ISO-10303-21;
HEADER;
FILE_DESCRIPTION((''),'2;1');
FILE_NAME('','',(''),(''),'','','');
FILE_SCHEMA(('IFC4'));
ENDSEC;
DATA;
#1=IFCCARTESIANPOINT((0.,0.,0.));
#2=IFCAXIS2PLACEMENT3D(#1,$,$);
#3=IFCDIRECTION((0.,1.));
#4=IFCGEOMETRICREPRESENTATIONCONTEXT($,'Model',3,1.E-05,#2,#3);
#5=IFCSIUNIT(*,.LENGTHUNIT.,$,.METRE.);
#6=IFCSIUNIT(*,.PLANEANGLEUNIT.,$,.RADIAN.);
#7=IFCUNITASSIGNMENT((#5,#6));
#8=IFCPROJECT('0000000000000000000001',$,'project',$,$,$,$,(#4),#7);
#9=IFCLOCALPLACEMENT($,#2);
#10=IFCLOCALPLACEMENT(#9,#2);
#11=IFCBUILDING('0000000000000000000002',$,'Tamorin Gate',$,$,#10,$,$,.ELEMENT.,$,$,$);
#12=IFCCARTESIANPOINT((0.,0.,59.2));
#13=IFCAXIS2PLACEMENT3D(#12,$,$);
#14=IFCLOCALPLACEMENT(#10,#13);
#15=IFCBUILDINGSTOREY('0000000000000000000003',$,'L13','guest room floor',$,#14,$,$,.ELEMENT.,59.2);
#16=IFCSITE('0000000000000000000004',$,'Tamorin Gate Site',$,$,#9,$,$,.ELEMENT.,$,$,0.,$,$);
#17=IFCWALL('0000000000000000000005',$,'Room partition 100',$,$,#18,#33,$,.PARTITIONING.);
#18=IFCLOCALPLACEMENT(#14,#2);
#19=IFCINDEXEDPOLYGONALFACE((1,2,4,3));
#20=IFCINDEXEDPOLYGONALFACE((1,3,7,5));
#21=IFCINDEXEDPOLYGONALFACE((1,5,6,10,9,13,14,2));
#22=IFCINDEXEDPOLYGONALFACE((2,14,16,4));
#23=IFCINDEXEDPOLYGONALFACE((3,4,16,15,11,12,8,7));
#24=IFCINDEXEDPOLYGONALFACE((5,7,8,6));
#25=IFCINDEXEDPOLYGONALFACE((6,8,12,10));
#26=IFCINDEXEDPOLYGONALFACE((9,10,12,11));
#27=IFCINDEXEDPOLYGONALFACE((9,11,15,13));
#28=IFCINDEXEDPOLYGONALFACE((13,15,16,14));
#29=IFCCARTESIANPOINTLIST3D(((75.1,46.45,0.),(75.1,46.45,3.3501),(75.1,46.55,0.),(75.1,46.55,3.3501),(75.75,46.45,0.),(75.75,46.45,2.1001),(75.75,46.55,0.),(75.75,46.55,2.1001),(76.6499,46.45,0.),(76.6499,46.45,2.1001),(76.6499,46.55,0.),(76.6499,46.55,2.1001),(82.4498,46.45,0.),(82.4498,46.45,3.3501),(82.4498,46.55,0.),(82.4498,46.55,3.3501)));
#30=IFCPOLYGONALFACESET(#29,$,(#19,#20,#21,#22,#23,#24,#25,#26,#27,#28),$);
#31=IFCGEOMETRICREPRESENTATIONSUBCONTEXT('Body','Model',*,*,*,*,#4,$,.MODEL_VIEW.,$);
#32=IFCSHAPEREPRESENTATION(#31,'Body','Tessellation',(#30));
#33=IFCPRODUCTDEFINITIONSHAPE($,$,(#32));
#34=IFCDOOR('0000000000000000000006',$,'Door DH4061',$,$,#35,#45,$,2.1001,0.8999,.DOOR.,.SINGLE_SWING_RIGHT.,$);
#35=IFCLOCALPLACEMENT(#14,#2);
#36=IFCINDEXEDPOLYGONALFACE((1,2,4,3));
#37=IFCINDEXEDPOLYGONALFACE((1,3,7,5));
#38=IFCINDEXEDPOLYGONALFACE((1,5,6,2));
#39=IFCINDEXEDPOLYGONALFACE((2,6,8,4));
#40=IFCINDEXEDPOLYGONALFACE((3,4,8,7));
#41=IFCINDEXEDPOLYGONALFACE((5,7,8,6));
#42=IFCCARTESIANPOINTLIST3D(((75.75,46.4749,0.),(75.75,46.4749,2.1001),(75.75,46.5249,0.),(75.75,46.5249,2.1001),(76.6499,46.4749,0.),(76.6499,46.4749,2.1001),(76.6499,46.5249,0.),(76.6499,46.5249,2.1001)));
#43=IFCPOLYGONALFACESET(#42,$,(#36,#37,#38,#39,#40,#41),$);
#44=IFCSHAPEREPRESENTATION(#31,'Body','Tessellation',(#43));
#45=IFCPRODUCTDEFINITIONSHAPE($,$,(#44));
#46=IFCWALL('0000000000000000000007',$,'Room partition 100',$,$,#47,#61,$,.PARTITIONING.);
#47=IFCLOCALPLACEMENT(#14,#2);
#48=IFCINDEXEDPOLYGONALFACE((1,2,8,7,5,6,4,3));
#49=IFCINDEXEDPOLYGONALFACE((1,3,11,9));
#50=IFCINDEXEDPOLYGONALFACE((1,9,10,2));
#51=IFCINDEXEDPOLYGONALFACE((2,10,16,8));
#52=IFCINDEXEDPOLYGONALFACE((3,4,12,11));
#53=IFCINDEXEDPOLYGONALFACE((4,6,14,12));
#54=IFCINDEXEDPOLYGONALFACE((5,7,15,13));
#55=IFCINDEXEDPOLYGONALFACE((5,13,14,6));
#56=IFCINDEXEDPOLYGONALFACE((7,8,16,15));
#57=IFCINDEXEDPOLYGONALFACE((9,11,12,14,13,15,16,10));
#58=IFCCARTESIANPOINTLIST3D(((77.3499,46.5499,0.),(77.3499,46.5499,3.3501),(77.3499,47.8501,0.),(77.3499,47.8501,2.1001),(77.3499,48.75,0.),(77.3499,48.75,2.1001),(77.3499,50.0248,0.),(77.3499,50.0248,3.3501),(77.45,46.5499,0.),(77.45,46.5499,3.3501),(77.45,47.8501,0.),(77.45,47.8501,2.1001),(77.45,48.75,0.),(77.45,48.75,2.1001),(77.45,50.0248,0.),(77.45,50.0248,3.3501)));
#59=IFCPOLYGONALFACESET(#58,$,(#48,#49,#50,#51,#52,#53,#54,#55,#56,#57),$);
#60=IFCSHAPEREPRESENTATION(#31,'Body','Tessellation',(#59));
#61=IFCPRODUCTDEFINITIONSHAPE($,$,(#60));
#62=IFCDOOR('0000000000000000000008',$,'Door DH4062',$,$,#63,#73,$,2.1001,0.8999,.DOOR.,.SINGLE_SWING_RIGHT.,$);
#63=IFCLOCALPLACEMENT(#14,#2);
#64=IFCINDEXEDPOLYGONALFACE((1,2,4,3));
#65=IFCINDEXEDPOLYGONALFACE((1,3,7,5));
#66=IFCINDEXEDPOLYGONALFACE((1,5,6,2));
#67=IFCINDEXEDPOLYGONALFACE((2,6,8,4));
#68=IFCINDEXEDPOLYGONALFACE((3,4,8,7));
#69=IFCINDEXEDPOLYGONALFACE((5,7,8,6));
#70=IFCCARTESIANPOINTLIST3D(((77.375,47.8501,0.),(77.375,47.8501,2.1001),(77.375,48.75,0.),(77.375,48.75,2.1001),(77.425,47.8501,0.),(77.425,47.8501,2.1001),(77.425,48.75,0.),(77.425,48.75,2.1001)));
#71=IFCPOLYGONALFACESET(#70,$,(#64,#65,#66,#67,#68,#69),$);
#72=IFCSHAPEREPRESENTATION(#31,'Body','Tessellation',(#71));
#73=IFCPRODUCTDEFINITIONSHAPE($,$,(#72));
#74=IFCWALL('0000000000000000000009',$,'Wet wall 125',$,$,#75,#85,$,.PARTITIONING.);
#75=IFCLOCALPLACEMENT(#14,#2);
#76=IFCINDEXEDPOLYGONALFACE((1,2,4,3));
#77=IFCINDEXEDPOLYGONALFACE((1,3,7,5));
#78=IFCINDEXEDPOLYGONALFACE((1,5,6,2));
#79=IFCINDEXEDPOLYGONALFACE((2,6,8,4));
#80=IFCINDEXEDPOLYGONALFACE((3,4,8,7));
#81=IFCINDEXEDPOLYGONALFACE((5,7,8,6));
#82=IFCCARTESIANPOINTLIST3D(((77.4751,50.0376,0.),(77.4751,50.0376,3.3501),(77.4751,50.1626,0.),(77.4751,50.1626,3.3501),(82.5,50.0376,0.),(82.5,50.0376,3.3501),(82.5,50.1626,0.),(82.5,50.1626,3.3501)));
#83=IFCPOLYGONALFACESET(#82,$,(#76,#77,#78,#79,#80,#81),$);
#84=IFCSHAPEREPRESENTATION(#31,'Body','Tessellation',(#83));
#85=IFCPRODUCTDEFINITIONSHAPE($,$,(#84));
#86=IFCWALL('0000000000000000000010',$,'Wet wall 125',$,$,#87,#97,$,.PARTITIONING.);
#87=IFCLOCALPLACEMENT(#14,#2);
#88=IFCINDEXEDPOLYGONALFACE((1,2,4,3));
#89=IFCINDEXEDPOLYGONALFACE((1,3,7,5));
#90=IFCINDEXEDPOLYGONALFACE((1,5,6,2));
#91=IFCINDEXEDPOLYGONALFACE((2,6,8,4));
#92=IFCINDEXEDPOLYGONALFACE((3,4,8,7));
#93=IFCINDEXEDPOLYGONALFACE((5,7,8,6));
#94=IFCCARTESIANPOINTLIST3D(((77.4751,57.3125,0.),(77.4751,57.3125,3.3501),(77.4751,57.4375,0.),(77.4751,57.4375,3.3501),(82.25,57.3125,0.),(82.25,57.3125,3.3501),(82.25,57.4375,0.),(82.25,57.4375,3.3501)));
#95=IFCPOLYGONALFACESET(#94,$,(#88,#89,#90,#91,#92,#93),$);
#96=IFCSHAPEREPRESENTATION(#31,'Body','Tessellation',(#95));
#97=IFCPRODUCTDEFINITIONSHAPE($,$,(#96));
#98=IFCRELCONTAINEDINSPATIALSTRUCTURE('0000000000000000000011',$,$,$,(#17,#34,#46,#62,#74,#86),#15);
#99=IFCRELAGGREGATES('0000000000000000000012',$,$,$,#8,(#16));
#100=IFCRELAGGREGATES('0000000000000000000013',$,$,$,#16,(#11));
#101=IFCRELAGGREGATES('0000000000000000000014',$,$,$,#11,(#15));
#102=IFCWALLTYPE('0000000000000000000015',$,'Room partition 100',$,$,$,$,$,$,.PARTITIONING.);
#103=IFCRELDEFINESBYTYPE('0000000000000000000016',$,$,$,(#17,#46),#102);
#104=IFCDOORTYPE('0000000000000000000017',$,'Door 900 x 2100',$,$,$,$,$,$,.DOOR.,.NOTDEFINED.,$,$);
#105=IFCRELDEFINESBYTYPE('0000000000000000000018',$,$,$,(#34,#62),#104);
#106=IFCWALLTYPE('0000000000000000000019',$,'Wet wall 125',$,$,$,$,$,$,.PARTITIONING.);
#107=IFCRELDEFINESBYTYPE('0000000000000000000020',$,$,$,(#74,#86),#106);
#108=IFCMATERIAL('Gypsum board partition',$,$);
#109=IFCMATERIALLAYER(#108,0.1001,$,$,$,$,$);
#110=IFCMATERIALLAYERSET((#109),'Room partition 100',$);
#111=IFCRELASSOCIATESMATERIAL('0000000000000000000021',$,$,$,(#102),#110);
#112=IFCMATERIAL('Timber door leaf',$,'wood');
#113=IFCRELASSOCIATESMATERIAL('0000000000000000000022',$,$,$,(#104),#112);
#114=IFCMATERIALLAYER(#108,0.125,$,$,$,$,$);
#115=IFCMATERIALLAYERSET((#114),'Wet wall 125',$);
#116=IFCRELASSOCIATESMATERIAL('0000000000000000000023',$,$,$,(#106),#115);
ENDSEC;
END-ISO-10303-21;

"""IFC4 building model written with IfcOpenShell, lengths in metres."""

from ifc_helpers import new_model, si_unit, direction, frame, frame_2d, origin, place, context, subcontext, project, spatial, rectangle, extrude, material, layer, layer_set, type_object, element, fill, save


model = new_model("IFC4")

# Units and contexts
model_context = context("Model", 3, precision=1e-05, world=origin(), true_north=direction((0.0, 1.0)))
body_context = subcontext(model_context, "Body", "Model", "MODEL_VIEW")
ifc_project = project(units=[si_unit("LENGTHUNIT", "METRE"), si_unit("PLANEANGLEUNIT", "RADIAN")], contexts=[model_context])

# Site, building, storey
site_placement = place(None, origin())
site = spatial("IfcSite", under=ifc_project, at=site_placement, Name="Tamorin Gate Site", CompositionType="ELEMENT", RefElevation=0.0)
building_placement = place(site_placement, origin())
building = spatial("IfcBuilding", under=site, at=building_placement, Name="Tamorin Gate", CompositionType="ELEMENT")
storey_placement = place(building_placement, frame((0.0, 0.0, 59.2)))
storey = spatial("IfcBuildingStorey", under=building, at=storey_placement, Name="L13", Description="guest room floor", CompositionType="ELEMENT", Elevation=59.2)

# Shared definitions
ifc_material_1 = material(Name="Gypsum board partition")
ifc_material_2 = material(Name="Timber door leaf", Category="wood")

# Walls, openings, doors
ifc_layer_1 = layer(ifc_material_1, 0.1001)
ifc_layer_set_1 = layer_set([ifc_layer_1], Name="Room partition 100")
wall_type_1 = type_object("IfcWallType", Name="Room partition 100", PredefinedType="PARTITIONING", material=ifc_layer_set_1)
wall_1_placement = place(storey_placement, frame((75.1001, 46.5, 0.0), z_axis=(0.0, 0.0, 1.0), x_axis=(1.0, 0.0, 0.0)))
wall_1 = element("IfcWall", 1, at=wall_1_placement, inside=storey, type_object=wall_type_1, Name="Room partition 100", PredefinedType="PARTITIONING", context=body_context, shape_type="SweptSolid", body=[
    extrude(rectangle(XDim=7.3499, YDim=0.1001, at=frame_2d((3.6748, 0.0))), origin(), (0.0, 0.0, 1.0), 3.3501),
])
opening_1_placement = place(wall_1_placement, frame((0.6499, 0.0, 0.0)))
opening_1 = element("IfcOpeningElement", 2, at=opening_1_placement, cuts=wall_1, PredefinedType="OPENING", context=body_context, shape_type="SweptSolid", body=[
    extrude(rectangle(XDim=0.8999, YDim=2.1001, at=frame_2d((0.45, 1.05))), frame((0.0, 0.0601, 0.0), z_axis=(0.0, -1.0, 0.0), x_axis=(1.0, 0.0, 0.0)), (0.0, 0.0, 1.0), 0.1201),
])
door_type_1 = type_object("IfcDoorType", Name="Door 900 x 2100", OperationType="NOTDEFINED", PredefinedType="DOOR", material=ifc_material_2)
door_1_placement = place(opening_1_placement, origin())
door_1 = element("IfcDoor", 3, at=door_1_placement, inside=storey, type_object=door_type_1, Name="Door DH4061", OperationType="SINGLE_SWING_RIGHT", OverallHeight=2.1001, OverallWidth=0.8999, PredefinedType="DOOR", context=body_context, shape_type="SweptSolid", body=[
    extrude(rectangle(XDim=0.8999, YDim=2.1001, at=frame_2d((0.45, 1.05))), frame((0.0, 0.0249, 0.0), z_axis=(0.0, -1.0, 0.0), x_axis=(1.0, 0.0, 0.0)), (0.0, 0.0, 1.0), 0.05),
])
fill(opening_1, door_1)
wall_2_placement = place(storey_placement, frame((77.3999, 46.55, 0.0), z_axis=(0.0, 0.0, 1.0), x_axis=(0.0, 1.0, 0.0)))
wall_2 = element("IfcWall", 4, at=wall_2_placement, inside=storey, type_object=wall_type_1, Name="Room partition 100", PredefinedType="PARTITIONING", context=body_context, shape_type="SweptSolid", body=[
    extrude(rectangle(XDim=3.4749, YDim=0.1001, at=frame_2d((1.7373, 0.0))), origin(), (0.0, 0.0, 1.0), 3.3501),
])
opening_2_placement = place(wall_2_placement, frame((1.3, 0.0, 0.0)))
opening_2 = element("IfcOpeningElement", 5, at=opening_2_placement, cuts=wall_2, PredefinedType="OPENING", context=body_context, shape_type="SweptSolid", body=[
    extrude(rectangle(XDim=0.8999, YDim=2.1001, at=frame_2d((0.45, 1.05))), frame((0.0, 0.0601, 0.0), z_axis=(0.0, -1.0, 0.0), x_axis=(1.0, 0.0, 0.0)), (0.0, 0.0, 1.0), 0.1201),
])
door_2_placement = place(opening_2_placement, origin())
door_2 = element("IfcDoor", 6, at=door_2_placement, inside=storey, type_object=door_type_1, Name="Door DH4062", OperationType="SINGLE_SWING_RIGHT", OverallHeight=2.1001, OverallWidth=0.8999, PredefinedType="DOOR", context=body_context, shape_type="SweptSolid", body=[
    extrude(rectangle(XDim=0.8999, YDim=2.1001, at=frame_2d((0.45, 1.05))), frame((0.0, 0.0249, 0.0), z_axis=(0.0, -1.0, 0.0), x_axis=(1.0, 0.0, 0.0)), (0.0, 0.0, 1.0), 0.05),
])
fill(opening_2, door_2)

# Walls
ifc_layer_2 = layer(ifc_material_1, 0.125)
ifc_layer_set_2 = layer_set([ifc_layer_2], Name="Wet wall 125")
wall_type_2 = type_object("IfcWallType", Name="Wet wall 125", PredefinedType="PARTITIONING", material=ifc_layer_set_2)
wall_3_placement = place(storey_placement, frame((77.4751, 50.1001, 0.0), z_axis=(0.0, 0.0, 1.0), x_axis=(1.0, 0.0, 0.0)))
element("IfcWall", 7, at=wall_3_placement, inside=storey, type_object=wall_type_2, Name="Wet wall 125", PredefinedType="PARTITIONING", context=body_context, shape_type="SweptSolid", body=[
    extrude(rectangle(XDim=5.0249, YDim=0.125, at=frame_2d((2.5125, 0.0))), origin(), (0.0, 0.0, 1.0), 3.3501),
])
wall_4_placement = place(storey_placement, frame((77.4751, 57.375, 0.0), z_axis=(0.0, 0.0, 1.0), x_axis=(1.0, 0.0, 0.0)))
element("IfcWall", 8, at=wall_4_placement, inside=storey, type_object=wall_type_2, Name="Wet wall 125", PredefinedType="PARTITIONING", context=body_context, shape_type="SweptSolid", body=[
    extrude(rectangle(XDim=4.7749, YDim=0.125, at=frame_2d((2.3875, 0.0))), origin(), (0.0, 0.0, 1.0), 3.3501),
])

save(model, "model.ifc")
